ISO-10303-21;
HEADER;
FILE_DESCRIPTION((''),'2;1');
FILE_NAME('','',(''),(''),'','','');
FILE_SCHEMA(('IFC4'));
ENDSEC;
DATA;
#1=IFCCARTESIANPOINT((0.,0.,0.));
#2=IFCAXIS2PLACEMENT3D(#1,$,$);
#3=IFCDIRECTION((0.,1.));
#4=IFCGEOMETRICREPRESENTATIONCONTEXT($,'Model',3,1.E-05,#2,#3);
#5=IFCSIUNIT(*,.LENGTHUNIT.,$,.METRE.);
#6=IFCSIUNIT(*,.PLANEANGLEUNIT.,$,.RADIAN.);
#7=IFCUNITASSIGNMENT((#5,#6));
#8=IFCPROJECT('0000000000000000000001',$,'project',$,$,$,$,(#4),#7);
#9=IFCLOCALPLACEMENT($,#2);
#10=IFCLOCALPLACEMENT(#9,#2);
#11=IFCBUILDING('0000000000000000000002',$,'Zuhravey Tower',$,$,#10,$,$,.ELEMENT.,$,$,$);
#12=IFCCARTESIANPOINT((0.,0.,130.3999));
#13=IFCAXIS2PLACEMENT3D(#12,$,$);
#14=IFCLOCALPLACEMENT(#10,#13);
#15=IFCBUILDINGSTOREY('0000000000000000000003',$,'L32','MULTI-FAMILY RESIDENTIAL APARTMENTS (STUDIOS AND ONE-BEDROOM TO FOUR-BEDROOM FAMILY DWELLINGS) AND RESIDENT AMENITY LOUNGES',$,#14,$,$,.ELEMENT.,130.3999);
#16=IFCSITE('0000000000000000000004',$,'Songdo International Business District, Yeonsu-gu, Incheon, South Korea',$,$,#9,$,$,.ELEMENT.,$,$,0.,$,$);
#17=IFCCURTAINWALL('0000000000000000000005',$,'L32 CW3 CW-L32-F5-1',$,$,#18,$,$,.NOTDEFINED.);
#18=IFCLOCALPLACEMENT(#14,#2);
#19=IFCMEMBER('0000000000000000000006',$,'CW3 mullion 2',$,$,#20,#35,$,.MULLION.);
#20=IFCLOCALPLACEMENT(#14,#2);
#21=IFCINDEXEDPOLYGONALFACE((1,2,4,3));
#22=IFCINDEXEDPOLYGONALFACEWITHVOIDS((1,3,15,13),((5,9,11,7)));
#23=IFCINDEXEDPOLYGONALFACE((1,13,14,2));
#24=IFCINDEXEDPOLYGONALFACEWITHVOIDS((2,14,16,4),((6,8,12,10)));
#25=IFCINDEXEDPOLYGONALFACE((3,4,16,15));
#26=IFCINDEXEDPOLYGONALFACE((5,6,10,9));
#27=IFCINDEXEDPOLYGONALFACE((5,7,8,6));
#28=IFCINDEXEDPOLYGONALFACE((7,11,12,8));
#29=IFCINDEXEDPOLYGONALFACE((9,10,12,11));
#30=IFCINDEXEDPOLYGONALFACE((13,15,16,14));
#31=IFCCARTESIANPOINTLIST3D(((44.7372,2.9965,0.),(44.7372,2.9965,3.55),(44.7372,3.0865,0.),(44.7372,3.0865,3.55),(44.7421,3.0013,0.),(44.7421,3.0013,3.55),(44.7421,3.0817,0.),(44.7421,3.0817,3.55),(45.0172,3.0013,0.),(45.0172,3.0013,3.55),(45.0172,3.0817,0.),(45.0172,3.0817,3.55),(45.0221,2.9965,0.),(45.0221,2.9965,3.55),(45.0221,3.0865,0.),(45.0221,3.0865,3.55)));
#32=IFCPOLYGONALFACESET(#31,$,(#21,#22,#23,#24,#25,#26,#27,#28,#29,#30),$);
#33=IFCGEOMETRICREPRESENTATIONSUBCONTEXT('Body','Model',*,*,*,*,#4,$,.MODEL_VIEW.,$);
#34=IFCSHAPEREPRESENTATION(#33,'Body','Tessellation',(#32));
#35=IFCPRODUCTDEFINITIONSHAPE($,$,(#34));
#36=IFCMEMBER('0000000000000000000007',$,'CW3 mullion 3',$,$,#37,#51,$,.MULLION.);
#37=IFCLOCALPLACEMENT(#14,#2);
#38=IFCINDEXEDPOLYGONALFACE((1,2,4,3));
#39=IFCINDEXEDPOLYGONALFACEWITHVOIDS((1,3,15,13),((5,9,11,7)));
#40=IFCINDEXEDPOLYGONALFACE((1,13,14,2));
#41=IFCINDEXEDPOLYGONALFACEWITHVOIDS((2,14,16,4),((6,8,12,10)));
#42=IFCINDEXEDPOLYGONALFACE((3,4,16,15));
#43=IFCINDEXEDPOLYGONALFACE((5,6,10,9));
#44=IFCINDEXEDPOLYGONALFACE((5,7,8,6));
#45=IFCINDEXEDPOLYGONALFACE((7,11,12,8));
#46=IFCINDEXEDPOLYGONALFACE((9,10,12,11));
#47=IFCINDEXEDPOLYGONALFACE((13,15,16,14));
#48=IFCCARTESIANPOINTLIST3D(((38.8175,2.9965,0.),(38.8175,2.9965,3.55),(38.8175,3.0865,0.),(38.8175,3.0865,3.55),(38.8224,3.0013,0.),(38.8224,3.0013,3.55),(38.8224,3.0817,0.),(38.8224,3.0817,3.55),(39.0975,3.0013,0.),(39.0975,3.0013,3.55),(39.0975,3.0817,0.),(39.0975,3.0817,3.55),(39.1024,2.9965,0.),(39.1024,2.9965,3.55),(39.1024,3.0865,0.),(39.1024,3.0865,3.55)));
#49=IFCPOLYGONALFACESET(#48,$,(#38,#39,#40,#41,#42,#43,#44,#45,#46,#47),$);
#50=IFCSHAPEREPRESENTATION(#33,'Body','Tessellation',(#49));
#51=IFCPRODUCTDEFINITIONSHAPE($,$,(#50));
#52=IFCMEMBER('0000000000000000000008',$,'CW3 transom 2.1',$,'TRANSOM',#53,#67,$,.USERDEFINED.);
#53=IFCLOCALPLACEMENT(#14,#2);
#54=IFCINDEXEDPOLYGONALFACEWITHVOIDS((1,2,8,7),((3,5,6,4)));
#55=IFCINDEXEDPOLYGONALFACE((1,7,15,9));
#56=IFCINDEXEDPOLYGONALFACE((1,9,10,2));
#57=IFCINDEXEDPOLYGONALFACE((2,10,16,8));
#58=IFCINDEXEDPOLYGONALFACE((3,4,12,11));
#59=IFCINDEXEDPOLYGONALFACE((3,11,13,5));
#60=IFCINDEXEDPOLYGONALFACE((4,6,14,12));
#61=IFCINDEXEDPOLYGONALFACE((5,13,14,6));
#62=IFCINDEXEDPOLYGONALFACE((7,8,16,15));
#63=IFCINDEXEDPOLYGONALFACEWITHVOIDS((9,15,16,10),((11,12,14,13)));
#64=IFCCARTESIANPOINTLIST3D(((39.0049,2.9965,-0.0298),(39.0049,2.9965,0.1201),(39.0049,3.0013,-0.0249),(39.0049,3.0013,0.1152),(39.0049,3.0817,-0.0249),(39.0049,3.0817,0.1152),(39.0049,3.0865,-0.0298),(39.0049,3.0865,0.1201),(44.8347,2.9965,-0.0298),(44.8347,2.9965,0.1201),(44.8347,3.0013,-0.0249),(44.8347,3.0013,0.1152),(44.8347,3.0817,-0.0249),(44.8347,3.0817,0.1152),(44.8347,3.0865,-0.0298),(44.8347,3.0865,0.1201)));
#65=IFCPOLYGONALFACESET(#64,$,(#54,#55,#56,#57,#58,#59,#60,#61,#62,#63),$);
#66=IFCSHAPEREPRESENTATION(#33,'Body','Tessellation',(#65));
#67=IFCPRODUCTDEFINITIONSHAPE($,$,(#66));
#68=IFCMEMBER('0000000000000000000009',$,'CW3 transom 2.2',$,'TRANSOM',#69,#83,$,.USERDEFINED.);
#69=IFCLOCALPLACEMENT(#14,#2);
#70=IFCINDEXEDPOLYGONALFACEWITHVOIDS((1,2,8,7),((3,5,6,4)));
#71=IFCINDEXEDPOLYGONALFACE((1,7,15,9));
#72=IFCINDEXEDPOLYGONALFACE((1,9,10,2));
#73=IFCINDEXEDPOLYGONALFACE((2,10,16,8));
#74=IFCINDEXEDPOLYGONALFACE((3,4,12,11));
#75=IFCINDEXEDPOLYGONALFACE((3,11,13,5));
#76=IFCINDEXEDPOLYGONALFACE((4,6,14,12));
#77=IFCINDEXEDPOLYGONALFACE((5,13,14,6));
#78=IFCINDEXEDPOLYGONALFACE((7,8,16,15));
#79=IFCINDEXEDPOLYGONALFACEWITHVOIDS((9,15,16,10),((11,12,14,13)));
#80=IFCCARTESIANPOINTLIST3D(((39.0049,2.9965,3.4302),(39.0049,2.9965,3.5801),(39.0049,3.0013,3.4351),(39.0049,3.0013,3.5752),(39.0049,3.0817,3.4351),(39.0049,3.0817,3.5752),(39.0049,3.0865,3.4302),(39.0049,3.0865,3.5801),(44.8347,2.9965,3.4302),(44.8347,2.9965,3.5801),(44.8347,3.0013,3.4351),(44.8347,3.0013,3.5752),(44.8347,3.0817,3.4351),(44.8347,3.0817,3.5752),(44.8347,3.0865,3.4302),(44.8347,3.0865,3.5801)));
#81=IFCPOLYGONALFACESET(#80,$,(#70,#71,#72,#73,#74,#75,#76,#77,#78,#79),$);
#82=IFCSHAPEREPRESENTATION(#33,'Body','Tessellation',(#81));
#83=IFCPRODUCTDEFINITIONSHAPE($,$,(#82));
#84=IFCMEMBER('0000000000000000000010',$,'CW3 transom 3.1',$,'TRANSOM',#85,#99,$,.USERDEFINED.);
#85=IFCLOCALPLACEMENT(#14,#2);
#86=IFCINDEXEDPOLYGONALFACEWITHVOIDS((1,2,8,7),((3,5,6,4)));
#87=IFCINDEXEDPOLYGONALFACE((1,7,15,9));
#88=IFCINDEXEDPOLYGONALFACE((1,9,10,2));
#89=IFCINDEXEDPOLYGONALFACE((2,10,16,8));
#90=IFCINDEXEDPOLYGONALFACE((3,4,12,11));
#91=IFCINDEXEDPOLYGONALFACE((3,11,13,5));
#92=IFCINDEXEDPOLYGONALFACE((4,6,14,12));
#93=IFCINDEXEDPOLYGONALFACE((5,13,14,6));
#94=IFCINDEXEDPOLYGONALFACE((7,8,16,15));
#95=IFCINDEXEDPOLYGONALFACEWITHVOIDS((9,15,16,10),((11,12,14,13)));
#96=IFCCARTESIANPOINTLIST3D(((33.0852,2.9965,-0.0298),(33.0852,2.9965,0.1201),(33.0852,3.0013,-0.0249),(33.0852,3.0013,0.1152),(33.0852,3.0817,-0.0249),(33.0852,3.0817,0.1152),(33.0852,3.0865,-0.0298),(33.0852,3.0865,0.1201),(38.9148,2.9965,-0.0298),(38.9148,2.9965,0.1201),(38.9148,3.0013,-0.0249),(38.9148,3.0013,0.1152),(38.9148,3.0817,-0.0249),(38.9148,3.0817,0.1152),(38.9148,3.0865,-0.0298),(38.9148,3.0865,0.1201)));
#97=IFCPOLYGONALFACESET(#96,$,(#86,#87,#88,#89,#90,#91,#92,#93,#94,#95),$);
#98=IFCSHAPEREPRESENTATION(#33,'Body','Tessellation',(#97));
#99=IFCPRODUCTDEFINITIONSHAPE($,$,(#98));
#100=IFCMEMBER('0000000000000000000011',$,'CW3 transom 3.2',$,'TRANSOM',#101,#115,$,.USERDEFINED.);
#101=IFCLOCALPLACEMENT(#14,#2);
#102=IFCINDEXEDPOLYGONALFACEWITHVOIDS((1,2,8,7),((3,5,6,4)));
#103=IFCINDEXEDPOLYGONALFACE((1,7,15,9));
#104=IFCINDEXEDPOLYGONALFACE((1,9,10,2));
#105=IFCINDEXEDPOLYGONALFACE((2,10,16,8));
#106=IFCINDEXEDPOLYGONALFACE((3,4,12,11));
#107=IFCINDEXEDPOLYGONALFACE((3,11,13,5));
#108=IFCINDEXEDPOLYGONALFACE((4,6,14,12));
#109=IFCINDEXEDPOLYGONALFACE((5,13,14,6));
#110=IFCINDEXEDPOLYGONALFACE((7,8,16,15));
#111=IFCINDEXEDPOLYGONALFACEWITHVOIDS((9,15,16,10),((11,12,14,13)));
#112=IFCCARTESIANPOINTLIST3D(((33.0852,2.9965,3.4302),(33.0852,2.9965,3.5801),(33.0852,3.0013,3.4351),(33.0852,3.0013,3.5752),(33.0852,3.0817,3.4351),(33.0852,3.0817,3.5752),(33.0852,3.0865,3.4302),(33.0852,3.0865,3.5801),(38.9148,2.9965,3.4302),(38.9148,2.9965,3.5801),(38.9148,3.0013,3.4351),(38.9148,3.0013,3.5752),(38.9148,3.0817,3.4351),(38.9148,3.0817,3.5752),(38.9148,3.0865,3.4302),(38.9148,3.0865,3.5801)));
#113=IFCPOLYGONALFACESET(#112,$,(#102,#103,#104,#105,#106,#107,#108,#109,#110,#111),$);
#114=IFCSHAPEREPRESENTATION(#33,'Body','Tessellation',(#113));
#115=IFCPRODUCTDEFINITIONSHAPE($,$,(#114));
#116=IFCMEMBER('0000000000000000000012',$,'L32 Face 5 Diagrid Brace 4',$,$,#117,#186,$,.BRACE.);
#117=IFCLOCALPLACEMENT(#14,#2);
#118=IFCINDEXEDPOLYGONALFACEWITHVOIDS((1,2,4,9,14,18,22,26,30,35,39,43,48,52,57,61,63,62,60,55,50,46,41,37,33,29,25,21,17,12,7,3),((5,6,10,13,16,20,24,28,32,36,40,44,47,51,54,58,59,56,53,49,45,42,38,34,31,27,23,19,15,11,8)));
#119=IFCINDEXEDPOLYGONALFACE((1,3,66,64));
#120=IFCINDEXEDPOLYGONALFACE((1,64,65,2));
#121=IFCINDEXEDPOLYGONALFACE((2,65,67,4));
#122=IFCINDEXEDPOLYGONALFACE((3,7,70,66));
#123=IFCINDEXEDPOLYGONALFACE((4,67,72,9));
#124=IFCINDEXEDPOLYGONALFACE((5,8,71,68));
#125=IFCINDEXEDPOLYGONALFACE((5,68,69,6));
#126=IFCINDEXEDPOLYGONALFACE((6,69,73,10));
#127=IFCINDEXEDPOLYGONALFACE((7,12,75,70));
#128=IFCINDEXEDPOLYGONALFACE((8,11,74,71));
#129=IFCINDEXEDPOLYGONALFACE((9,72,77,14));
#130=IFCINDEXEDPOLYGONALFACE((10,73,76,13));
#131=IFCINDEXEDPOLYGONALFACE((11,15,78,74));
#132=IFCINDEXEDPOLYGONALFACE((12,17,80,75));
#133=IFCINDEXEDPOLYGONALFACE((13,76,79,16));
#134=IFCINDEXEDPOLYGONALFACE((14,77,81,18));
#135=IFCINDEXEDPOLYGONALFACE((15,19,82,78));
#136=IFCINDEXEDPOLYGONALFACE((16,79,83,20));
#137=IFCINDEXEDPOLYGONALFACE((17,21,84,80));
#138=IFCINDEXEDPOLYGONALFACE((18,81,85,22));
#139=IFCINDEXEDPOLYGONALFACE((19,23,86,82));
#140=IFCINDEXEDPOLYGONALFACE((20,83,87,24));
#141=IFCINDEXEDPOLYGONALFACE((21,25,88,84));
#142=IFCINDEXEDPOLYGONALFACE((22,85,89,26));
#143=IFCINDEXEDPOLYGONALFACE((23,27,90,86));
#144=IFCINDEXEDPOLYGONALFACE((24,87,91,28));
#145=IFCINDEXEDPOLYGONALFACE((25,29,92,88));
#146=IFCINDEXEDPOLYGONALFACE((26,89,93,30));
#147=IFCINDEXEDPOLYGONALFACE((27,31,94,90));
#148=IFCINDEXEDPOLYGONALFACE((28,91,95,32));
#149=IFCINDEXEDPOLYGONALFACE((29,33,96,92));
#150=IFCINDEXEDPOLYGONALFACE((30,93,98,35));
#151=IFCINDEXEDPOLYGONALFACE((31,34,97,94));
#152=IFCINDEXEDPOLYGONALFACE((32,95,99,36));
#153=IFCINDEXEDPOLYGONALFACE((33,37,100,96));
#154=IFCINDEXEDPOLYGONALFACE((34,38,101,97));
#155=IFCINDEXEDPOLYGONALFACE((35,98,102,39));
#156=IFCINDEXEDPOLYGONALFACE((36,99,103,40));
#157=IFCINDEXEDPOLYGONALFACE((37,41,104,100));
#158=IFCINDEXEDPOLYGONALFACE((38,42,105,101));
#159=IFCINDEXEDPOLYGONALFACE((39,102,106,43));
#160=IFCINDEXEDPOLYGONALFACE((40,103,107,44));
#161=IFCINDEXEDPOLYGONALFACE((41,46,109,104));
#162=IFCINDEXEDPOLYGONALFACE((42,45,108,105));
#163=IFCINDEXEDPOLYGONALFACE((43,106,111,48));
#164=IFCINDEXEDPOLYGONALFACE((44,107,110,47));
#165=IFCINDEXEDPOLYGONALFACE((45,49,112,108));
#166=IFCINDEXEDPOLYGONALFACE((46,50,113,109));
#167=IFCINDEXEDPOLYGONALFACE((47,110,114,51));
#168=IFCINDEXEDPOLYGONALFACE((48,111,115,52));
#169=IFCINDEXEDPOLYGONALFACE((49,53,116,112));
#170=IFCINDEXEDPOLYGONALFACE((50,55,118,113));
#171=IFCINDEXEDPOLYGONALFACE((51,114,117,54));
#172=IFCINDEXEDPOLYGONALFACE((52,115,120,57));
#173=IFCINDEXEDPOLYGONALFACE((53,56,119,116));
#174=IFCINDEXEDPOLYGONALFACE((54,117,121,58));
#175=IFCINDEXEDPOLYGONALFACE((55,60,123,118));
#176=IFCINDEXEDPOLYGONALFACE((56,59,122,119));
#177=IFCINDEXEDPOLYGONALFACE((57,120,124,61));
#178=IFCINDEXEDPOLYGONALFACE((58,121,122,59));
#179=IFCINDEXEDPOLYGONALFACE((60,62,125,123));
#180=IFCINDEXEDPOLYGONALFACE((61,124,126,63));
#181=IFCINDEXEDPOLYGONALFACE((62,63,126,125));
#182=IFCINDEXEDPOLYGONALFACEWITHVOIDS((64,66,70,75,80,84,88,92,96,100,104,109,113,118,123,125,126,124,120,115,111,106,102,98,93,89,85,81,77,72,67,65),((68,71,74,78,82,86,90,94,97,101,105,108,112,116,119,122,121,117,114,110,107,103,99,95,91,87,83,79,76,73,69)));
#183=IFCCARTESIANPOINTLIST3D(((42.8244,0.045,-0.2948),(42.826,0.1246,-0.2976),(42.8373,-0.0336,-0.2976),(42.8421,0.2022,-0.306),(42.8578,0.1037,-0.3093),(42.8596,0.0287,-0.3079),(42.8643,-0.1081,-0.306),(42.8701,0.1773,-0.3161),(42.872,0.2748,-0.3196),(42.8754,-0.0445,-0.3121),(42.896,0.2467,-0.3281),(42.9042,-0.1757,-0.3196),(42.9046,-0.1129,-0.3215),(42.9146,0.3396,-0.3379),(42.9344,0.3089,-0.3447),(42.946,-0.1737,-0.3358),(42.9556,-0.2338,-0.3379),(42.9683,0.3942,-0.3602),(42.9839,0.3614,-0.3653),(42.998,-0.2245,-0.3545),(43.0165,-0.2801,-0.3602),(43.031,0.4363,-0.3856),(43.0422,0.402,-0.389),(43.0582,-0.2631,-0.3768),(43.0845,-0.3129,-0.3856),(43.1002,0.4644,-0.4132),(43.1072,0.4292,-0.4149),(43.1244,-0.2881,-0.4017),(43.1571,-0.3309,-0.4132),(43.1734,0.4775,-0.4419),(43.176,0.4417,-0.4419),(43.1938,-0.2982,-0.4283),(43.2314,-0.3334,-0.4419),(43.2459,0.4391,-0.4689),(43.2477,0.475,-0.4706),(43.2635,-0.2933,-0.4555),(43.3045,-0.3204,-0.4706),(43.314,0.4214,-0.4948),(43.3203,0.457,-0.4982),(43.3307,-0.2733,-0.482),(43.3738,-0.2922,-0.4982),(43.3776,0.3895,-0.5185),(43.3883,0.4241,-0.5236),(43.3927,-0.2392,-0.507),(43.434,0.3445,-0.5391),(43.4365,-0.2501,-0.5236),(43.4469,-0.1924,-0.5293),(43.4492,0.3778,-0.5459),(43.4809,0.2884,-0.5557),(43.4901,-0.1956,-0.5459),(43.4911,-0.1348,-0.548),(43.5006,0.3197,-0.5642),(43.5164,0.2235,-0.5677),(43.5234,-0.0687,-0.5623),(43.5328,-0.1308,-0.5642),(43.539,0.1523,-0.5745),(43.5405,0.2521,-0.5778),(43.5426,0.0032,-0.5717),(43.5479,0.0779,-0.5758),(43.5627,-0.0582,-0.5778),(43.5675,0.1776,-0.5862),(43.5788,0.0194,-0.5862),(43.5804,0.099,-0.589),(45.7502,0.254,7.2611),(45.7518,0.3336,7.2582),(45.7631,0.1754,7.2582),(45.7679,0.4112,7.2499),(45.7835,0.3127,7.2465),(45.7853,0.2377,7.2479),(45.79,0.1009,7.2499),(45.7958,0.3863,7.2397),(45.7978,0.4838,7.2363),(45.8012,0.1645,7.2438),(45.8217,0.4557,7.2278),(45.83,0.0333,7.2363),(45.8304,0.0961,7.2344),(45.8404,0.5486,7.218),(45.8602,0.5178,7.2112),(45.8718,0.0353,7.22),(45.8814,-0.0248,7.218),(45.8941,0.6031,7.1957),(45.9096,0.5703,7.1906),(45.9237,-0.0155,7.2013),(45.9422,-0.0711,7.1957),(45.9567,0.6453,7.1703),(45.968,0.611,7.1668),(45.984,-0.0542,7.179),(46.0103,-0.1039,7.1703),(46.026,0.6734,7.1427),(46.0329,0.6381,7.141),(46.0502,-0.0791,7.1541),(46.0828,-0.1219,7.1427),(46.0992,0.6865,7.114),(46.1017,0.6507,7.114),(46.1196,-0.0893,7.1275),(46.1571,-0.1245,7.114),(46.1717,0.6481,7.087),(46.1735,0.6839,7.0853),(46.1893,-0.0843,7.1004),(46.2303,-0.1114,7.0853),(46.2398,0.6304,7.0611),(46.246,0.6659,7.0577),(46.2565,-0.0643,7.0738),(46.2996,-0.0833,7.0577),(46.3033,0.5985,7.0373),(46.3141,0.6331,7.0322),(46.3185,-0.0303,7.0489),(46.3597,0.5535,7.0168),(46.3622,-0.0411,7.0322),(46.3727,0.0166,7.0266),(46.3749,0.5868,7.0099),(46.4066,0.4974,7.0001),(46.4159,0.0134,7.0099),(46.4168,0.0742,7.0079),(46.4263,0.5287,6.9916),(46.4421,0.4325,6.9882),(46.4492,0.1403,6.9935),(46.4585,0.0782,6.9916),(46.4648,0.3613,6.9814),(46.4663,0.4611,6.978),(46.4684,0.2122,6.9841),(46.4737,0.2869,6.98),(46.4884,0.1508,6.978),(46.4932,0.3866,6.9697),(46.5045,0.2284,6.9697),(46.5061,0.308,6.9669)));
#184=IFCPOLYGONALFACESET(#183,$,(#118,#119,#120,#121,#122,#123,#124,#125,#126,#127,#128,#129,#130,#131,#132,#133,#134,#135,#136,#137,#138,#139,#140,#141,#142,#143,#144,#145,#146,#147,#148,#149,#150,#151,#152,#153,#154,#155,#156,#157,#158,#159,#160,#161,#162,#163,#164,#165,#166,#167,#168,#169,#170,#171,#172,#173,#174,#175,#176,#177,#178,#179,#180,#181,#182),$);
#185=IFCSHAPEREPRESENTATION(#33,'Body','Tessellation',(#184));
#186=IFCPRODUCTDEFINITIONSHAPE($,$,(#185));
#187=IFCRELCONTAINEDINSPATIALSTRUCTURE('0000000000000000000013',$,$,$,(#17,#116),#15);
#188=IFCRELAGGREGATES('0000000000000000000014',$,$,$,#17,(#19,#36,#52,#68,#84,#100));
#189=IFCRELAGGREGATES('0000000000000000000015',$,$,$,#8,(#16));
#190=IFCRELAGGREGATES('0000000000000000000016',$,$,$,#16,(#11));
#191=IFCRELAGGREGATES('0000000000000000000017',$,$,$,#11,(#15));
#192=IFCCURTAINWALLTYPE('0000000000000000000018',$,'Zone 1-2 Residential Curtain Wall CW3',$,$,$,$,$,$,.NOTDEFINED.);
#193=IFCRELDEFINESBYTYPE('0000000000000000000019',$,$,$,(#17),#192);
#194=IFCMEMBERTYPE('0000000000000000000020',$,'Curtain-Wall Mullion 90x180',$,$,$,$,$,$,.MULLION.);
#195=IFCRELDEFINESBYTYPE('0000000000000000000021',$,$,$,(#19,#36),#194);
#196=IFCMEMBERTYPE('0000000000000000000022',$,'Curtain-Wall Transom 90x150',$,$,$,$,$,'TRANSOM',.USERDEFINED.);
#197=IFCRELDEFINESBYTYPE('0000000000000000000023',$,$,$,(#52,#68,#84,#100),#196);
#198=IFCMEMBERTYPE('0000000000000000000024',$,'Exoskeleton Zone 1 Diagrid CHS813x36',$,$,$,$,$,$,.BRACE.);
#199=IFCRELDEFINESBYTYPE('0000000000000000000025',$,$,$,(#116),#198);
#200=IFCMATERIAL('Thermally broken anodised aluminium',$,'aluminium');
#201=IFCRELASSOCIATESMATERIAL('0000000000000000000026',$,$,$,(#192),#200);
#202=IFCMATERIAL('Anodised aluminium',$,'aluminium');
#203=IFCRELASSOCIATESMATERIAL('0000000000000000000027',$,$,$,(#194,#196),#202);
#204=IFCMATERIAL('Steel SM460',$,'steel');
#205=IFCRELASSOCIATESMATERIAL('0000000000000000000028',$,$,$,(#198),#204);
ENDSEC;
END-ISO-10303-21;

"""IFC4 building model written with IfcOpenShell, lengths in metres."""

from ifc_helpers import new_model, si_unit, direction, frame, origin, origin_2d, place, context, subcontext, project, spatial, hollow_rectangle, hollow_circle, extrude, material, material_profile, profile_set, type_object, element, aggregate, save


model = new_model("IFC4")

# Units and contexts
model_context = context("Model", 3, precision=1e-05, world=origin(), true_north=direction((0.0, 1.0)))
body_context = subcontext(model_context, "Body", "Model", "MODEL_VIEW")
ifc_project = project(units=[si_unit("LENGTHUNIT", "METRE"), si_unit("PLANEANGLEUNIT", "RADIAN")], contexts=[model_context])

# Site, building, storey
site_placement = place(None, origin())
site = spatial("IfcSite", under=ifc_project, at=site_placement, Name="Songdo International Business District, Yeonsu-gu, Incheon, South Korea", CompositionType="ELEMENT", RefElevation=0.0)
building_placement = place(site_placement, origin())
building = spatial("IfcBuilding", under=site, at=building_placement, Name="Zuhravey Tower", CompositionType="ELEMENT")
storey_placement = place(building_placement, frame((0.0, 0.0, 130.3999)))
storey = spatial("IfcBuildingStorey", under=building, at=storey_placement, Name="L32", Description="MULTI-FAMILY RESIDENTIAL APARTMENTS (STUDIOS AND ONE-BEDROOM TO FOUR-BEDROOM FAMILY DWELLINGS) AND RESIDENT AMENITY LOUNGES", CompositionType="ELEMENT", Elevation=130.3999)

# Curtain wall, members
ifc_material_1 = material(Name="Thermally broken anodised aluminium", Category="aluminium")
curtain_wall_type = type_object("IfcCurtainWallType", Name="Zone 1-2 Residential Curtain Wall CW3", PredefinedType="NOTDEFINED", material=ifc_material_1)
curtain_wall_placement = place(storey_placement, origin())
curtain_wall = element("IfcCurtainWall", 1, at=curtain_wall_placement, inside=storey, type_object=curtain_wall_type, Name="L32 CW3 CW-L32-F5-1", PredefinedType="NOTDEFINED")
ifc_material_2 = material(Name="Anodised aluminium", Category="aluminium")
ifc_material_profile_1 = material_profile(ifc_material_2, hollow_rectangle(XDim=0.0901, YDim=0.2849, WallThickness=0.0049, at=origin_2d()), Name="ALU-RHS-90x285x5")
ifc_profile_set_1 = profile_set([ifc_material_profile_1], Name="Anodised aluminium")
member_type_1 = type_object("IfcMemberType", Name="Curtain-Wall Mullion 90x180", PredefinedType="MULLION", material=ifc_profile_set_1)
member_1_placement = place(storey_placement, frame((44.8796, 3.0415, 0.0), z_axis=(0.0, 0.0, 1.0), x_axis=(0.0, -1.0, 0.0)))
member_1 = element("IfcMember", 2, at=member_1_placement, type_object=member_type_1, Name="CW3 mullion 2", PredefinedType="MULLION", context=body_context, shape_type="SweptSolid", body=[
    extrude(hollow_rectangle(XDim=0.0901, YDim=0.2849, WallThickness=0.0049, at=origin_2d()), origin(), (0.0, 0.0, 1.0), 3.55),
])
member_2_placement = place(storey_placement, frame((38.96, 3.0415, 0.0), z_axis=(0.0, 0.0, 1.0), x_axis=(0.0, -1.0, 0.0)))
member_2 = element("IfcMember", 3, at=member_2_placement, type_object=member_type_1, Name="CW3 mullion 3", PredefinedType="MULLION", context=body_context, shape_type="SweptSolid", body=[
    extrude(hollow_rectangle(XDim=0.0901, YDim=0.2849, WallThickness=0.0049, at=origin_2d()), origin(), (0.0, 0.0, 1.0), 3.55),
])
ifc_material_profile_2 = material_profile(ifc_material_2, hollow_rectangle(XDim=0.0901, YDim=0.1499, WallThickness=0.0049, at=origin_2d()), Name="ALU-RHS-90x150x5")
ifc_profile_set_2 = profile_set([ifc_material_profile_2], Name="Anodised aluminium")
member_type_2 = type_object("IfcMemberType", Name="Curtain-Wall Transom 90x150", ElementType="TRANSOM", PredefinedType="USERDEFINED", material=ifc_profile_set_2)
member_3_placement = place(storey_placement, frame((44.8347, 3.0415, 0.0452), z_axis=(-1.0, 0.0, 0.0), x_axis=(0.0, -1.0, 0.0)))
member_3 = element("IfcMember", 4, at=member_3_placement, type_object=member_type_2, Name="CW3 transom 2.1", ObjectType="TRANSOM", PredefinedType="USERDEFINED", context=body_context, shape_type="SweptSolid", body=[
    extrude(hollow_rectangle(XDim=0.0901, YDim=0.1499, WallThickness=0.0049, at=origin_2d()), origin(), (0.0, 0.0, 1.0), 5.8298),
])
member_4_placement = place(storey_placement, frame((44.8347, 3.0415, 3.5051), z_axis=(-1.0, 0.0, 0.0), x_axis=(0.0, -1.0, 0.0)))
member_4 = element("IfcMember", 5, at=member_4_placement, type_object=member_type_2, Name="CW3 transom 2.2", ObjectType="TRANSOM", PredefinedType="USERDEFINED", context=body_context, shape_type="SweptSolid", body=[
    extrude(hollow_rectangle(XDim=0.0901, YDim=0.1499, WallThickness=0.0049, at=origin_2d()), origin(), (0.0, 0.0, 1.0), 5.8298),
])
member_5_placement = place(storey_placement, frame((38.9148, 3.0415, 0.0452), z_axis=(-1.0, 0.0, 0.0), x_axis=(0.0, -1.0, 0.0)))
member_5 = element("IfcMember", 6, at=member_5_placement, type_object=member_type_2, Name="CW3 transom 3.1", ObjectType="TRANSOM", PredefinedType="USERDEFINED", context=body_context, shape_type="SweptSolid", body=[
    extrude(hollow_rectangle(XDim=0.0901, YDim=0.1499, WallThickness=0.0049, at=origin_2d()), origin(), (0.0, 0.0, 1.0), 5.8296),
])
member_6_placement = place(storey_placement, frame((38.9148, 3.0415, 3.5051), z_axis=(-1.0, 0.0, 0.0), x_axis=(0.0, -1.0, 0.0)))
member_6 = element("IfcMember", 7, at=member_6_placement, type_object=member_type_2, Name="CW3 transom 3.2", ObjectType="TRANSOM", PredefinedType="USERDEFINED", context=body_context, shape_type="SweptSolid", body=[
    extrude(hollow_rectangle(XDim=0.0901, YDim=0.1499, WallThickness=0.0049, at=origin_2d()), origin(), (0.0, 0.0, 1.0), 5.8296),
])

# Member
ifc_material_3 = material(Name="Steel SM460", Category="steel")
ifc_material_profile_3 = material_profile(ifc_material_3, hollow_circle(Radius=0.4065, WallThickness=0.0359, at=origin_2d()), Name="CHS-812.8x36")
ifc_profile_set_3 = profile_set([ifc_material_profile_3], Name="Steel SM460")
member_type_3 = type_object("IfcMemberType", Name="Exoskeleton Zone 1 Diagrid CHS813x36", PredefinedType="BRACE", material=ifc_profile_set_3)
member_7_placement = place(storey_placement, frame((43.2024, 0.072, -0.4419), z_axis=(0.360972, 0.025784, 0.93222), x_axis=(-0.071247, 0.997459, 0.0)))
element("IfcMember", 8, at=member_7_placement, inside=storey, type_object=member_type_3, Name="L32 Face 5 Diagrid Brace 4", PredefinedType="BRACE", context=body_context, shape_type="SweptSolid", body=[
    extrude(hollow_circle(Radius=0.4065, WallThickness=0.0359, at=origin_2d()), origin(), (0.0, 0.0, 1.0), 8.1052),
])

aggregate(curtain_wall, [member_1, member_2, member_3, member_4, member_5, member_6])

save(model, "model.ifc")
